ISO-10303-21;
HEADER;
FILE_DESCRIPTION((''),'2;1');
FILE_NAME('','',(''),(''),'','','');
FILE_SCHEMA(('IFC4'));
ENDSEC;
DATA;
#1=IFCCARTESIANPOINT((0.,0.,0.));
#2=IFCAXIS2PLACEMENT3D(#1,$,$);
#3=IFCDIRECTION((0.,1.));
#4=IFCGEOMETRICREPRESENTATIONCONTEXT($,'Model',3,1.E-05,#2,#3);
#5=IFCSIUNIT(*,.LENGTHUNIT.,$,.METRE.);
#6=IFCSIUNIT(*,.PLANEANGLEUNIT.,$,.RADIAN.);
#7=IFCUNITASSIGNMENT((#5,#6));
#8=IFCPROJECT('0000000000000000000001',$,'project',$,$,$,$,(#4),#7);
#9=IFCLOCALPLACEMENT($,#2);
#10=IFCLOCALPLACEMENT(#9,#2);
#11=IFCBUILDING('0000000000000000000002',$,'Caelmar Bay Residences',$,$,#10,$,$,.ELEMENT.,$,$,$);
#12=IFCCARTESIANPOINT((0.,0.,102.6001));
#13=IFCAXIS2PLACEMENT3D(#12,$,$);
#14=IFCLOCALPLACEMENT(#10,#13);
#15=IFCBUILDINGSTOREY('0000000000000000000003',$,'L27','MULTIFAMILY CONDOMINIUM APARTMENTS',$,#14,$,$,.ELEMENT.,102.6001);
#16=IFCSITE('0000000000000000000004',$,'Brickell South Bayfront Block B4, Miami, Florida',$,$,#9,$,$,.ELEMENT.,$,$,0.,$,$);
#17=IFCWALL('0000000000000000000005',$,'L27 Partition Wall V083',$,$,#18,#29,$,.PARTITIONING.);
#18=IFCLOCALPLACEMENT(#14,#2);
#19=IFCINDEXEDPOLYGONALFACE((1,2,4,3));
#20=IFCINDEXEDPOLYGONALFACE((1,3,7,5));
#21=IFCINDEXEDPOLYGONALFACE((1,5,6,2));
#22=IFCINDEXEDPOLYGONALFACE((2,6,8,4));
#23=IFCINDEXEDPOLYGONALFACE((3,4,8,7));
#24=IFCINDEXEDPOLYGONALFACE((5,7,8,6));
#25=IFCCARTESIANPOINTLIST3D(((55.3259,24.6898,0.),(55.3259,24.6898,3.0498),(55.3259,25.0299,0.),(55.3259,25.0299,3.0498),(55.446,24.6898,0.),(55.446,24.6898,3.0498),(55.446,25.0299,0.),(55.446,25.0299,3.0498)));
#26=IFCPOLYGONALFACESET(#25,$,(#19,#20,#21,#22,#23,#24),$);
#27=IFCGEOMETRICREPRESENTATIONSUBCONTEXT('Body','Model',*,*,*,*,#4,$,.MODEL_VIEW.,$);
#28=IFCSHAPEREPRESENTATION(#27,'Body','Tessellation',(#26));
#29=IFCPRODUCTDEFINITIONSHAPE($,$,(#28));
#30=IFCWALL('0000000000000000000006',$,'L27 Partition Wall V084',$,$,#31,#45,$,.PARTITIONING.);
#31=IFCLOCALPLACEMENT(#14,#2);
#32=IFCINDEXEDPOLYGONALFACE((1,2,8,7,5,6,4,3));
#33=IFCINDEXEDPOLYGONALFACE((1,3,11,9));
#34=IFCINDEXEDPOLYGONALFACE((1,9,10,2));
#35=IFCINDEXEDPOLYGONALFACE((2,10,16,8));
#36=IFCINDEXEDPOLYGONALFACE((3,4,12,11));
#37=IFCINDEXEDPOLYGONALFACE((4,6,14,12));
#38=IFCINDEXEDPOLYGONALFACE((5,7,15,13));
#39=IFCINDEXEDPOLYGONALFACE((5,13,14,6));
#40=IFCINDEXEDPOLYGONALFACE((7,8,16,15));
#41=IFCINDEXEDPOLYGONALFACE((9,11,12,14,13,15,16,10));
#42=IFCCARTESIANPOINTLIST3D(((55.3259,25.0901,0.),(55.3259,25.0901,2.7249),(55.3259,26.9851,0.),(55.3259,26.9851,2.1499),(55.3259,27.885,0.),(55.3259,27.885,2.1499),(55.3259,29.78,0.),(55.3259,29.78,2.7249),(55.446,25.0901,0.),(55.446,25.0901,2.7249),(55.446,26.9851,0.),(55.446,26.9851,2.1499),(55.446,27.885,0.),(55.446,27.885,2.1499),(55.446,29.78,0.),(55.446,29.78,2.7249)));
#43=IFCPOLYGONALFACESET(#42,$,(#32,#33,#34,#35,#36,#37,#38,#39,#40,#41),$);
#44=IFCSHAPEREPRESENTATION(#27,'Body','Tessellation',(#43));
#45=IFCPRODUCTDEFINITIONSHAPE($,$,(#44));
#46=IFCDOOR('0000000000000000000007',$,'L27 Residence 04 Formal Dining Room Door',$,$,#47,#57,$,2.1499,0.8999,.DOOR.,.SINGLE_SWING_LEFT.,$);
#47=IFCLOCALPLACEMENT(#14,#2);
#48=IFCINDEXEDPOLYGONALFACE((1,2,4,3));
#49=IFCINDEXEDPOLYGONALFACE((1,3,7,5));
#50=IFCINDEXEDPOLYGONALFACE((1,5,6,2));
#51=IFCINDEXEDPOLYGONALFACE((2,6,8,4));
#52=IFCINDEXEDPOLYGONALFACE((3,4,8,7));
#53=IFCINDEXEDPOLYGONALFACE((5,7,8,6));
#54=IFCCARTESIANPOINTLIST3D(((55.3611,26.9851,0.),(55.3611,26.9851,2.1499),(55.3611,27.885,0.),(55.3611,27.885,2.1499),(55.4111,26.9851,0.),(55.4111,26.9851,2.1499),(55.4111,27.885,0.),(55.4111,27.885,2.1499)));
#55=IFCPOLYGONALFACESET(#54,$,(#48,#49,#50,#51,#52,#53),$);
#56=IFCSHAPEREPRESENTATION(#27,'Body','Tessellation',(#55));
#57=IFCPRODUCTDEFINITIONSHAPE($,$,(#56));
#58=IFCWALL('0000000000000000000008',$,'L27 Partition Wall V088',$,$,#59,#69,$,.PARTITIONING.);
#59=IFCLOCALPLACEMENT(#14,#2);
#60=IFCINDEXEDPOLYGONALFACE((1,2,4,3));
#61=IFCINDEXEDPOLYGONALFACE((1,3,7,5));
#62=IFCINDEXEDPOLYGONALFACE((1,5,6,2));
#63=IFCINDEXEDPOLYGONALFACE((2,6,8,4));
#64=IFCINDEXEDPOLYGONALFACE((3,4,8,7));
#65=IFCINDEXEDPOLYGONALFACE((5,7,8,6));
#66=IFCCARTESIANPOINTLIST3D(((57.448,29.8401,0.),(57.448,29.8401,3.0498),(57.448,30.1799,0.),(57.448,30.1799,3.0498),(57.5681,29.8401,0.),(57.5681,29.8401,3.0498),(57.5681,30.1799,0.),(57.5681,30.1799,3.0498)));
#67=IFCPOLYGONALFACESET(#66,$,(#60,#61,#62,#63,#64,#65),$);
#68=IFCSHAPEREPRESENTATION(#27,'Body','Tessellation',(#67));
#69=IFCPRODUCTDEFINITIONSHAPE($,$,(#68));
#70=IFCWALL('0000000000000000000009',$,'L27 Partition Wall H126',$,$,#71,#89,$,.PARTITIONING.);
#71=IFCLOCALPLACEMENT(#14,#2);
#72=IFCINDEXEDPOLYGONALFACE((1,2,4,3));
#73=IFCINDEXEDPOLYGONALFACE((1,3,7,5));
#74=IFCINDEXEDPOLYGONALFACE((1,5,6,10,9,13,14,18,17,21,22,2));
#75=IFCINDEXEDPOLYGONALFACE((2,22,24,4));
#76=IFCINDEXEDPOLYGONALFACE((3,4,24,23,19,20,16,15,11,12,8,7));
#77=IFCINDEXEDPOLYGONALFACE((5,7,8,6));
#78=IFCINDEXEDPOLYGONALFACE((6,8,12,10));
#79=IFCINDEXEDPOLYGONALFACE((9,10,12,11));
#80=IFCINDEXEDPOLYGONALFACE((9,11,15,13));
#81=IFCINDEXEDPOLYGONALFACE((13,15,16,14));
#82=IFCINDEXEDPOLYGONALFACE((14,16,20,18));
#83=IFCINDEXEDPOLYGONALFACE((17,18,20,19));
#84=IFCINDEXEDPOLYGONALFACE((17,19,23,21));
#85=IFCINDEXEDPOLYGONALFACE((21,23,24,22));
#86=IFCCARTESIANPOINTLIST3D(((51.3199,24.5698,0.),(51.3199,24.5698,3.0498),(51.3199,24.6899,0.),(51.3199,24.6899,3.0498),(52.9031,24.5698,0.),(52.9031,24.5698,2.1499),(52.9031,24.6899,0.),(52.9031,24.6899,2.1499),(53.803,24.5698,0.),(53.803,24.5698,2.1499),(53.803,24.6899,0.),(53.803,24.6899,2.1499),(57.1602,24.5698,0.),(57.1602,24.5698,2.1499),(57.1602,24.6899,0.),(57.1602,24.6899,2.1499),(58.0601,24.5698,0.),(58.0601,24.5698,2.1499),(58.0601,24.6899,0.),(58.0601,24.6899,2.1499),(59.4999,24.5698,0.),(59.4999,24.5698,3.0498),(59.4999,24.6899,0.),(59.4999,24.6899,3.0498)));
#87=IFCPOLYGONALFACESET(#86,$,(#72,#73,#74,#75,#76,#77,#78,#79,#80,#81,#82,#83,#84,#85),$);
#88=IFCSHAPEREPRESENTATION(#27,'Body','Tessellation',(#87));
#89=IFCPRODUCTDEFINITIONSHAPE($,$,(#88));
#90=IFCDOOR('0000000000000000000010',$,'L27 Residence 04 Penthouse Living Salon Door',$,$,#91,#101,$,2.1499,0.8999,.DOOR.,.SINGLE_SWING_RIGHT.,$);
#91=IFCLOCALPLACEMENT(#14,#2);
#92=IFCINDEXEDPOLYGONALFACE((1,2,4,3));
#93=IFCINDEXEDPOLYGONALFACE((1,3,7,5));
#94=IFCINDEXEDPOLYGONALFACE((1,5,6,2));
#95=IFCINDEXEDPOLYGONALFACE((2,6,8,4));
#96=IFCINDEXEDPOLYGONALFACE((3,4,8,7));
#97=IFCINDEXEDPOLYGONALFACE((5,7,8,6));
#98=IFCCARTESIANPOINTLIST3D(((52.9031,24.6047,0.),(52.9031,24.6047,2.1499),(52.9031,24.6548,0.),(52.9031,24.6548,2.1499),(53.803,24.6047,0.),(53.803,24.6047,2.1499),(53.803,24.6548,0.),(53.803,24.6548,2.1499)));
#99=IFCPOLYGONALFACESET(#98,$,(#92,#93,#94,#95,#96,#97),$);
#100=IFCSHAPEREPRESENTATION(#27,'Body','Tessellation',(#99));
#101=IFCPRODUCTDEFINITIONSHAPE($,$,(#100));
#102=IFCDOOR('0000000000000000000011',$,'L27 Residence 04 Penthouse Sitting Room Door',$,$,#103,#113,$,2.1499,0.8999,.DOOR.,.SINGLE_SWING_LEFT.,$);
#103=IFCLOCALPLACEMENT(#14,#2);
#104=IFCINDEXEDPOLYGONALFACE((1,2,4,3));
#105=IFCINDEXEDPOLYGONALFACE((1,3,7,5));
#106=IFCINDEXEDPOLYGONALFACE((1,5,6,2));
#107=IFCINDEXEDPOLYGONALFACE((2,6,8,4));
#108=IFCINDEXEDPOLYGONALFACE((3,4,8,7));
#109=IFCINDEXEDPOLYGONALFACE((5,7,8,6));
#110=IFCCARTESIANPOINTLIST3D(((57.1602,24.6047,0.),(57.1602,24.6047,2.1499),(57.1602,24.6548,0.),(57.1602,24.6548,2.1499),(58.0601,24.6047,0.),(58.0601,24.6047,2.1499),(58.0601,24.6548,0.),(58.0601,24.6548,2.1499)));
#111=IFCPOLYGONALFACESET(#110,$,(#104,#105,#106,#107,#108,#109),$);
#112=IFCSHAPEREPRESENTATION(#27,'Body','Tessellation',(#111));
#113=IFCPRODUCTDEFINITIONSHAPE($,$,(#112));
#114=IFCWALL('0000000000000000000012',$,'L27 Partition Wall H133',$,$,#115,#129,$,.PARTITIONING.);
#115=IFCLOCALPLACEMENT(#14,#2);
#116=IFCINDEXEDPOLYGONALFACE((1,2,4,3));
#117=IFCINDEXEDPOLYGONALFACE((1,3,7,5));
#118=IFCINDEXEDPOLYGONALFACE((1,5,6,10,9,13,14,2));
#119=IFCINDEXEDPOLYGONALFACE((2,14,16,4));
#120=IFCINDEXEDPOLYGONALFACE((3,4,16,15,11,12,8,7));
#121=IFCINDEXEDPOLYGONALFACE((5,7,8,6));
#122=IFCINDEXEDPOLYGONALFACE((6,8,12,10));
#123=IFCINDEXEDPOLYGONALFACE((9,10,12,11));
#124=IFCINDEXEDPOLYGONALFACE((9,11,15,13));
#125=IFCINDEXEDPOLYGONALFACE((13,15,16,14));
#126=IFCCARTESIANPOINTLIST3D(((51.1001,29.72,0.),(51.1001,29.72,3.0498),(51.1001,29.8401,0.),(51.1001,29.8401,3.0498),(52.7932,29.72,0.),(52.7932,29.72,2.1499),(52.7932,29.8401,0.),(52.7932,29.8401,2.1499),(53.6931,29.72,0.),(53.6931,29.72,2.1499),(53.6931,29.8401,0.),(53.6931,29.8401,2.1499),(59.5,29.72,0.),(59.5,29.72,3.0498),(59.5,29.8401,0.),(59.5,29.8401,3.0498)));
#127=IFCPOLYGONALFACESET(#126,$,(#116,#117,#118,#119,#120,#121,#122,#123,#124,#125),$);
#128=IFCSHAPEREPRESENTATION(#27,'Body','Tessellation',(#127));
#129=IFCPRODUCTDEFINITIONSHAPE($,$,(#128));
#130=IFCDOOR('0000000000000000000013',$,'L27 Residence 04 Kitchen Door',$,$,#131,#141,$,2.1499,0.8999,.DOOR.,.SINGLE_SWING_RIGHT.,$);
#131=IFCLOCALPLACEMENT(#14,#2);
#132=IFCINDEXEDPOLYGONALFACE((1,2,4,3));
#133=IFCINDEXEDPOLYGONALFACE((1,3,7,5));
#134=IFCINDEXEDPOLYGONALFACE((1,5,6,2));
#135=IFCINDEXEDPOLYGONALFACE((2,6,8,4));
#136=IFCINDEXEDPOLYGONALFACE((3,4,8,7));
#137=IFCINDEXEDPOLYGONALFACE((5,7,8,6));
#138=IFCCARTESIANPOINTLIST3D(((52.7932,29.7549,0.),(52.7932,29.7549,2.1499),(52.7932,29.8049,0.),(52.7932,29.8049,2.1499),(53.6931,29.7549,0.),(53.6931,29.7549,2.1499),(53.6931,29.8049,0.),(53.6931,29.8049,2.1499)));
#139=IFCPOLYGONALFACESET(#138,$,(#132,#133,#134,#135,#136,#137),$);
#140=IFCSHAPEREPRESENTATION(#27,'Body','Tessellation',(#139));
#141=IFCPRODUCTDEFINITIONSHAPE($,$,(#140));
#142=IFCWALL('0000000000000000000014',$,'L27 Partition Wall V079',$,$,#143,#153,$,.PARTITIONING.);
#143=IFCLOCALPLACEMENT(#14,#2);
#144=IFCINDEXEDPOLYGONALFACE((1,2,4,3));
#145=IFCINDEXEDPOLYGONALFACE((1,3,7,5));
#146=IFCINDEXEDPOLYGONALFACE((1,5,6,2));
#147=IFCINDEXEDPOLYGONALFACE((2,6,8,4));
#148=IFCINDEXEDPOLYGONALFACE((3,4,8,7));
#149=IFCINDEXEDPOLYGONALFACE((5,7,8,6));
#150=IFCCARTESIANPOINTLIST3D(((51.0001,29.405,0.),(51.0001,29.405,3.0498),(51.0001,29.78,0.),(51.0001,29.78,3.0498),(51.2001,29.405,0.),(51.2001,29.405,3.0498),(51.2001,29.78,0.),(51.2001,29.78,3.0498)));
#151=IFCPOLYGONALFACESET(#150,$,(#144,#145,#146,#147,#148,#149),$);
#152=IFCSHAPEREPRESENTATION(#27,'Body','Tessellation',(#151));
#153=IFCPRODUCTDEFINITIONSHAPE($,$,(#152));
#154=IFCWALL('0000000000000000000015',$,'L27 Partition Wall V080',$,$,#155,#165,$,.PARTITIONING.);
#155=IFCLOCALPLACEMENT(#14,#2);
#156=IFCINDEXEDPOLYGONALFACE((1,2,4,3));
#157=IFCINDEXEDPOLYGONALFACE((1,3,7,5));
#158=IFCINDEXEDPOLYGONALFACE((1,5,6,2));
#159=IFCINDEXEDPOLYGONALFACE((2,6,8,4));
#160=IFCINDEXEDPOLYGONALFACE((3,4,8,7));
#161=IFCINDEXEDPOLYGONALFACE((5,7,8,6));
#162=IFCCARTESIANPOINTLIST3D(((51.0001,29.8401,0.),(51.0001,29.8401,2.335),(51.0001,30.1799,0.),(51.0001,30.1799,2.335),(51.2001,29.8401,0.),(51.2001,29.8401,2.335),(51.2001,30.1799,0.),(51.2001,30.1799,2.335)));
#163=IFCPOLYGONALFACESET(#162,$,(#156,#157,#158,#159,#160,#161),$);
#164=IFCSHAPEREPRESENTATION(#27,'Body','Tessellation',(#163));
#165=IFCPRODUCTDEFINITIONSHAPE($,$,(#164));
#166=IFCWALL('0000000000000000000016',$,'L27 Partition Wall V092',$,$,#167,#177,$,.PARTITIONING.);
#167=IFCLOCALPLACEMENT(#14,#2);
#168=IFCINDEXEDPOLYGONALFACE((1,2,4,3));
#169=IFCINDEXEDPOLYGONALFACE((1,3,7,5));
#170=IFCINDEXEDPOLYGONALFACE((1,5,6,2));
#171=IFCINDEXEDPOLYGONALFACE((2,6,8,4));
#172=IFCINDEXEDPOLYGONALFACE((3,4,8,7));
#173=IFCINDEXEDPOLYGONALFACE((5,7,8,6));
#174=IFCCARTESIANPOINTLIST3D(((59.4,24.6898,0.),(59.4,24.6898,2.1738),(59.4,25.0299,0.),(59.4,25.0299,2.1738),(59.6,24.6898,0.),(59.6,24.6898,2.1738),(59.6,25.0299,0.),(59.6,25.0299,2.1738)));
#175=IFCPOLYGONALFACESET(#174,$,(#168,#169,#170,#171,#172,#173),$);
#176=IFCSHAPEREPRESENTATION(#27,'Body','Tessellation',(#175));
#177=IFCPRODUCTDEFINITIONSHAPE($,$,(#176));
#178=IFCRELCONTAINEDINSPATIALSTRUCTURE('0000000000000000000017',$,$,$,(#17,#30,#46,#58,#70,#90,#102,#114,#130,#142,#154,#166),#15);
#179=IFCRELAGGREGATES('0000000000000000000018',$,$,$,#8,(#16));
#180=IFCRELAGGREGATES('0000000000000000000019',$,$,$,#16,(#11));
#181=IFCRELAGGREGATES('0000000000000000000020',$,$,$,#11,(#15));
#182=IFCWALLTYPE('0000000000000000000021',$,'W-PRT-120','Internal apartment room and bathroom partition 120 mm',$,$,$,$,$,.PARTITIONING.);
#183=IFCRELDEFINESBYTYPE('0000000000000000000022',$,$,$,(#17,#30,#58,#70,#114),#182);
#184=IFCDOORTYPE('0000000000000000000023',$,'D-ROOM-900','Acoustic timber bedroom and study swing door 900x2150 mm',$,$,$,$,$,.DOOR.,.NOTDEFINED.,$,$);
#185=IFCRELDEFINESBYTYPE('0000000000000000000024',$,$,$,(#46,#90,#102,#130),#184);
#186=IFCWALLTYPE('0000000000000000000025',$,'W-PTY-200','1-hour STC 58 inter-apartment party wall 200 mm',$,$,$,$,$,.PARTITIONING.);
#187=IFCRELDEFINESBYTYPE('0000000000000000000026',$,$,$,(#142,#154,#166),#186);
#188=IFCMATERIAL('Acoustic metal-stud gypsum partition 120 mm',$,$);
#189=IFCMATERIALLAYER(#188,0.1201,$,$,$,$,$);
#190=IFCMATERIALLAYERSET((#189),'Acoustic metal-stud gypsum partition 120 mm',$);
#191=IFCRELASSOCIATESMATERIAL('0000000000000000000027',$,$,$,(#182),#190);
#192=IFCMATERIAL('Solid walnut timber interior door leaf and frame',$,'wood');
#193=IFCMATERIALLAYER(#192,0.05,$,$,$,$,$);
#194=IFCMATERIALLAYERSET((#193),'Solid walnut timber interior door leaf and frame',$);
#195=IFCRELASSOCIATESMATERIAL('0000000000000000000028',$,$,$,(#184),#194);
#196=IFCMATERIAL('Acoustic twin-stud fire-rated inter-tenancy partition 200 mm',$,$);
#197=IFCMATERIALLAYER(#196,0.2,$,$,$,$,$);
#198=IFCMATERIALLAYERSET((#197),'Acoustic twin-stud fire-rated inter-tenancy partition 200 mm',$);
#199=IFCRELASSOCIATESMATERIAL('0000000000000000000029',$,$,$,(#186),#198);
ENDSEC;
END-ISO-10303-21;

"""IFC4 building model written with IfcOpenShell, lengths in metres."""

from ifc_helpers import new_model, si_unit, direction, frame, frame_2d, origin, place, context, subcontext, project, spatial, rectangle, extrude, material, layer, layer_set, type_object, element, fill, save


model = new_model("IFC4")

# Units and contexts
model_context = context("Model", 3, precision=1e-05, world=origin(), true_north=direction((0.0, 1.0)))
body_context = subcontext(model_context, "Body", "Model", "MODEL_VIEW")
ifc_project = project(units=[si_unit("LENGTHUNIT", "METRE"), si_unit("PLANEANGLEUNIT", "RADIAN")], contexts=[model_context])

# Site, building, storey
site_placement = place(None, origin())
site = spatial("IfcSite", under=ifc_project, at=site_placement, Name="Brickell South Bayfront Block B4, Miami, Florida", CompositionType="ELEMENT", RefElevation=0.0)
building_placement = place(site_placement, origin())
building = spatial("IfcBuilding", under=site, at=building_placement, Name="Caelmar Bay Residences", CompositionType="ELEMENT")
storey_placement = place(building_placement, frame((0.0, 0.0, 102.6001)))
storey = spatial("IfcBuildingStorey", under=building, at=storey_placement, Name="L27", Description="MULTIFAMILY CONDOMINIUM APARTMENTS", CompositionType="ELEMENT", Elevation=102.6001)

# Wall
ifc_material_1 = material(Name="Acoustic metal-stud gypsum partition 120 mm")
ifc_layer_1 = layer(ifc_material_1, 0.1201)
ifc_layer_set_1 = layer_set([ifc_layer_1], Name="Acoustic metal-stud gypsum partition 120 mm")
wall_type_1 = type_object("IfcWallType", Name="W-PRT-120", Description="Internal apartment room and bathroom partition 120 mm", PredefinedType="PARTITIONING", material=ifc_layer_set_1)
wall_1_placement = place(storey_placement, frame((55.386, 24.6899, 0.0), z_axis=(0.0, 0.0, 1.0), x_axis=(0.0, 1.0, 0.0)))
element("IfcWall", 1, at=wall_1_placement, inside=storey, type_object=wall_type_1, Name="L27 Partition Wall V083", PredefinedType="PARTITIONING", context=body_context, shape_type="SweptSolid", body=[
    extrude(rectangle(XDim=0.3401, YDim=0.1201, at=frame_2d((0.1699, 0.0))), origin(), (0.0, 0.0, 1.0), 3.0498),
])

# Wall, opening, door
wall_2_placement = place(storey_placement, frame((55.386, 25.0901, 0.0), z_axis=(0.0, 0.0, 1.0), x_axis=(0.0, 1.0, 0.0)))
wall_2 = element("IfcWall", 2, at=wall_2_placement, inside=storey, type_object=wall_type_1, Name="L27 Partition Wall V084", PredefinedType="PARTITIONING", context=body_context, shape_type="SweptSolid", body=[
    extrude(rectangle(XDim=4.6899, YDim=0.1201, at=frame_2d((2.345, 0.0))), origin(), (0.0, 0.0, 1.0), 2.7249),
])
opening_1_placement = place(wall_2_placement, frame((1.895, 0.0, 0.0)))
opening_1 = element("IfcOpeningElement", 3, at=opening_1_placement, cuts=wall_2, PredefinedType="OPENING", context=body_context, shape_type="SweptSolid", body=[
    extrude(rectangle(XDim=0.8999, YDim=2.1499, at=frame_2d((0.45, 1.075))), frame((0.0, 0.0701, 0.0), z_axis=(0.0, -1.0, 0.0), x_axis=(1.0, 0.0, 0.0)), (0.0, 0.0, 1.0), 0.1401),
])
ifc_material_2 = material(Name="Solid walnut timber interior door leaf and frame", Category="wood")
ifc_layer_2 = layer(ifc_material_2, 0.05)
ifc_layer_set_2 = layer_set([ifc_layer_2], Name="Solid walnut timber interior door leaf and frame")
door_type = type_object("IfcDoorType", Name="D-ROOM-900", Description="Acoustic timber bedroom and study swing door 900x2150 mm", OperationType="NOTDEFINED", PredefinedType="DOOR", material=ifc_layer_set_2)
door_1_placement = place(opening_1_placement, origin())
door_1 = element("IfcDoor", 4, at=door_1_placement, inside=storey, type_object=door_type, Name="L27 Residence 04 Formal Dining Room Door", OperationType="SINGLE_SWING_LEFT", OverallHeight=2.1499, OverallWidth=0.8999, PredefinedType="DOOR", context=body_context, shape_type="SweptSolid", body=[
    extrude(rectangle(XDim=0.8999, YDim=2.1499, at=frame_2d((0.45, 1.075))), frame((0.0, 0.0249, 0.0), z_axis=(0.0, -1.0, 0.0), x_axis=(1.0, 0.0, 0.0)), (0.0, 0.0, 1.0), 0.05),
])
fill(opening_1, door_1)

# Wall
wall_3_placement = place(storey_placement, frame((57.5081, 29.8401, 0.0), z_axis=(0.0, 0.0, 1.0), x_axis=(0.0, 1.0, 0.0)))
element("IfcWall", 5, at=wall_3_placement, inside=storey, type_object=wall_type_1, Name="L27 Partition Wall V088", PredefinedType="PARTITIONING", context=body_context, shape_type="SweptSolid", body=[
    extrude(rectangle(XDim=0.3398, YDim=0.1201, at=frame_2d((0.1699, 0.0))), origin(), (0.0, 0.0, 1.0), 3.0498),
])

# Wall, openings, doors
wall_4_placement = place(storey_placement, frame((51.3201, 24.6299, 0.0), z_axis=(0.0, 0.0, 1.0), x_axis=(1.0, 0.0, 0.0)))
wall_4 = element("IfcWall", 6, at=wall_4_placement, inside=storey, type_object=wall_type_1, Name="L27 Partition Wall H126", PredefinedType="PARTITIONING", context=body_context, shape_type="SweptSolid", body=[
    extrude(rectangle(XDim=8.1799, YDim=0.1201, at=frame_2d((4.0898, 0.0))), origin(), (0.0, 0.0, 1.0), 3.0498),
])
opening_2_placement = place(wall_4_placement, frame((1.583, 0.0, 0.0)))
opening_2 = element("IfcOpeningElement", 7, at=opening_2_placement, cuts=wall_4, PredefinedType="OPENING", context=body_context, shape_type="SweptSolid", body=[
    extrude(rectangle(XDim=0.8999, YDim=2.1499, at=frame_2d((0.45, 1.075))), frame((0.0, 0.0701, 0.0), z_axis=(0.0, -1.0, 0.0), x_axis=(1.0, 0.0, 0.0)), (0.0, 0.0, 1.0), 0.1401),
])
opening_3_placement = place(wall_4_placement, frame((5.8401, 0.0, 0.0)))
opening_3 = element("IfcOpeningElement", 8, at=opening_3_placement, cuts=wall_4, PredefinedType="OPENING", context=body_context, shape_type="SweptSolid", body=[
    extrude(rectangle(XDim=0.8999, YDim=2.1499, at=frame_2d((0.45, 1.075))), frame((0.0, 0.0701, 0.0), z_axis=(0.0, -1.0, 0.0), x_axis=(1.0, 0.0, 0.0)), (0.0, 0.0, 1.0), 0.1401),
])
door_2_placement = place(opening_2_placement, origin())
door_2 = element("IfcDoor", 9, at=door_2_placement, inside=storey, type_object=door_type, Name="L27 Residence 04 Penthouse Living Salon Door", OperationType="SINGLE_SWING_RIGHT", OverallHeight=2.1499, OverallWidth=0.8999, PredefinedType="DOOR", context=body_context, shape_type="SweptSolid", body=[
    extrude(rectangle(XDim=0.8999, YDim=2.1499, at=frame_2d((0.45, 1.075))), frame((0.0, 0.0249, 0.0), z_axis=(0.0, -1.0, 0.0), x_axis=(1.0, 0.0, 0.0)), (0.0, 0.0, 1.0), 0.05),
])
fill(opening_2, door_2)
door_3_placement = place(opening_3_placement, origin())
door_3 = element("IfcDoor", 10, at=door_3_placement, inside=storey, type_object=door_type, Name="L27 Residence 04 Penthouse Sitting Room Door", OperationType="SINGLE_SWING_LEFT", OverallHeight=2.1499, OverallWidth=0.8999, PredefinedType="DOOR", context=body_context, shape_type="SweptSolid", body=[
    extrude(rectangle(XDim=0.8999, YDim=2.1499, at=frame_2d((0.45, 1.075))), frame((0.0, 0.0249, 0.0), z_axis=(0.0, -1.0, 0.0), x_axis=(1.0, 0.0, 0.0)), (0.0, 0.0, 1.0), 0.05),
])
fill(opening_3, door_3)

# Wall, opening, door
wall_5_placement = place(storey_placement, frame((51.1001, 29.78, 0.0), z_axis=(0.0, 0.0, 1.0), x_axis=(1.0, 0.0, 0.0)))
wall_5 = element("IfcWall", 11, at=wall_5_placement, inside=storey, type_object=wall_type_1, Name="L27 Partition Wall H133", PredefinedType="PARTITIONING", context=body_context, shape_type="SweptSolid", body=[
    extrude(rectangle(XDim=8.3999, YDim=0.1201, at=frame_2d((4.2, 0.0))), origin(), (0.0, 0.0, 1.0), 3.0498),
])
opening_4_placement = place(wall_5_placement, frame((1.6931, 0.0, 0.0)))
opening_4 = element("IfcOpeningElement", 12, at=opening_4_placement, cuts=wall_5, PredefinedType="OPENING", context=body_context, shape_type="SweptSolid", body=[
    extrude(rectangle(XDim=0.8999, YDim=2.1499, at=frame_2d((0.45, 1.075))), frame((0.0, 0.0701, 0.0), z_axis=(0.0, -1.0, 0.0), x_axis=(1.0, 0.0, 0.0)), (0.0, 0.0, 1.0), 0.1401),
])
door_4_placement = place(opening_4_placement, origin())
door_4 = element("IfcDoor", 13, at=door_4_placement, inside=storey, type_object=door_type, Name="L27 Residence 04 Kitchen Door", OperationType="SINGLE_SWING_RIGHT", OverallHeight=2.1499, OverallWidth=0.8999, PredefinedType="DOOR", context=body_context, shape_type="SweptSolid", body=[
    extrude(rectangle(XDim=0.8999, YDim=2.1499, at=frame_2d((0.45, 1.075))), frame((0.0, 0.0249, 0.0), z_axis=(0.0, -1.0, 0.0), x_axis=(1.0, 0.0, 0.0)), (0.0, 0.0, 1.0), 0.05),
])
fill(opening_4, door_4)

# Walls
ifc_material_3 = material(Name="Acoustic twin-stud fire-rated inter-tenancy partition 200 mm")
ifc_layer_3 = layer(ifc_material_3, 0.2)
ifc_layer_set_3 = layer_set([ifc_layer_3], Name="Acoustic twin-stud fire-rated inter-tenancy partition 200 mm")
wall_type_2 = type_object("IfcWallType", Name="W-PTY-200", Description="1-hour STC 58 inter-apartment party wall 200 mm", PredefinedType="PARTITIONING", material=ifc_layer_set_3)
wall_6_placement = place(storey_placement, frame((51.1001, 29.405, 0.0), z_axis=(0.0, 0.0, 1.0), x_axis=(0.0, 1.0, 0.0)))
element("IfcWall", 14, at=wall_6_placement, inside=storey, type_object=wall_type_2, Name="L27 Partition Wall V079", PredefinedType="PARTITIONING", context=body_context, shape_type="SweptSolid", body=[
    extrude(rectangle(XDim=0.375, YDim=0.2, at=frame_2d((0.1875, 0.0))), origin(), (0.0, 0.0, 1.0), 3.0498),
])
wall_7_placement = place(storey_placement, frame((51.1001, 29.8401, 0.0), z_axis=(0.0, 0.0, 1.0), x_axis=(0.0, 1.0, 0.0)))
element("IfcWall", 15, at=wall_7_placement, inside=storey, type_object=wall_type_2, Name="L27 Partition Wall V080", PredefinedType="PARTITIONING", context=body_context, shape_type="SweptSolid", body=[
    extrude(rectangle(XDim=0.3398, YDim=0.2, at=frame_2d((0.1699, 0.0))), origin(), (0.0, 0.0, 1.0), 2.335),
])
wall_8_placement = place(storey_placement, frame((59.5, 24.6899, 0.0), z_axis=(0.0, 0.0, 1.0), x_axis=(0.0, 1.0, 0.0)))
element("IfcWall", 16, at=wall_8_placement, inside=storey, type_object=wall_type_2, Name="L27 Partition Wall V092", PredefinedType="PARTITIONING", context=body_context, shape_type="SweptSolid", body=[
    extrude(rectangle(XDim=0.3401, YDim=0.2, at=frame_2d((0.1699, 0.0))), origin(), (0.0, 0.0, 1.0), 2.1738),
])

save(model, "model.ifc")
